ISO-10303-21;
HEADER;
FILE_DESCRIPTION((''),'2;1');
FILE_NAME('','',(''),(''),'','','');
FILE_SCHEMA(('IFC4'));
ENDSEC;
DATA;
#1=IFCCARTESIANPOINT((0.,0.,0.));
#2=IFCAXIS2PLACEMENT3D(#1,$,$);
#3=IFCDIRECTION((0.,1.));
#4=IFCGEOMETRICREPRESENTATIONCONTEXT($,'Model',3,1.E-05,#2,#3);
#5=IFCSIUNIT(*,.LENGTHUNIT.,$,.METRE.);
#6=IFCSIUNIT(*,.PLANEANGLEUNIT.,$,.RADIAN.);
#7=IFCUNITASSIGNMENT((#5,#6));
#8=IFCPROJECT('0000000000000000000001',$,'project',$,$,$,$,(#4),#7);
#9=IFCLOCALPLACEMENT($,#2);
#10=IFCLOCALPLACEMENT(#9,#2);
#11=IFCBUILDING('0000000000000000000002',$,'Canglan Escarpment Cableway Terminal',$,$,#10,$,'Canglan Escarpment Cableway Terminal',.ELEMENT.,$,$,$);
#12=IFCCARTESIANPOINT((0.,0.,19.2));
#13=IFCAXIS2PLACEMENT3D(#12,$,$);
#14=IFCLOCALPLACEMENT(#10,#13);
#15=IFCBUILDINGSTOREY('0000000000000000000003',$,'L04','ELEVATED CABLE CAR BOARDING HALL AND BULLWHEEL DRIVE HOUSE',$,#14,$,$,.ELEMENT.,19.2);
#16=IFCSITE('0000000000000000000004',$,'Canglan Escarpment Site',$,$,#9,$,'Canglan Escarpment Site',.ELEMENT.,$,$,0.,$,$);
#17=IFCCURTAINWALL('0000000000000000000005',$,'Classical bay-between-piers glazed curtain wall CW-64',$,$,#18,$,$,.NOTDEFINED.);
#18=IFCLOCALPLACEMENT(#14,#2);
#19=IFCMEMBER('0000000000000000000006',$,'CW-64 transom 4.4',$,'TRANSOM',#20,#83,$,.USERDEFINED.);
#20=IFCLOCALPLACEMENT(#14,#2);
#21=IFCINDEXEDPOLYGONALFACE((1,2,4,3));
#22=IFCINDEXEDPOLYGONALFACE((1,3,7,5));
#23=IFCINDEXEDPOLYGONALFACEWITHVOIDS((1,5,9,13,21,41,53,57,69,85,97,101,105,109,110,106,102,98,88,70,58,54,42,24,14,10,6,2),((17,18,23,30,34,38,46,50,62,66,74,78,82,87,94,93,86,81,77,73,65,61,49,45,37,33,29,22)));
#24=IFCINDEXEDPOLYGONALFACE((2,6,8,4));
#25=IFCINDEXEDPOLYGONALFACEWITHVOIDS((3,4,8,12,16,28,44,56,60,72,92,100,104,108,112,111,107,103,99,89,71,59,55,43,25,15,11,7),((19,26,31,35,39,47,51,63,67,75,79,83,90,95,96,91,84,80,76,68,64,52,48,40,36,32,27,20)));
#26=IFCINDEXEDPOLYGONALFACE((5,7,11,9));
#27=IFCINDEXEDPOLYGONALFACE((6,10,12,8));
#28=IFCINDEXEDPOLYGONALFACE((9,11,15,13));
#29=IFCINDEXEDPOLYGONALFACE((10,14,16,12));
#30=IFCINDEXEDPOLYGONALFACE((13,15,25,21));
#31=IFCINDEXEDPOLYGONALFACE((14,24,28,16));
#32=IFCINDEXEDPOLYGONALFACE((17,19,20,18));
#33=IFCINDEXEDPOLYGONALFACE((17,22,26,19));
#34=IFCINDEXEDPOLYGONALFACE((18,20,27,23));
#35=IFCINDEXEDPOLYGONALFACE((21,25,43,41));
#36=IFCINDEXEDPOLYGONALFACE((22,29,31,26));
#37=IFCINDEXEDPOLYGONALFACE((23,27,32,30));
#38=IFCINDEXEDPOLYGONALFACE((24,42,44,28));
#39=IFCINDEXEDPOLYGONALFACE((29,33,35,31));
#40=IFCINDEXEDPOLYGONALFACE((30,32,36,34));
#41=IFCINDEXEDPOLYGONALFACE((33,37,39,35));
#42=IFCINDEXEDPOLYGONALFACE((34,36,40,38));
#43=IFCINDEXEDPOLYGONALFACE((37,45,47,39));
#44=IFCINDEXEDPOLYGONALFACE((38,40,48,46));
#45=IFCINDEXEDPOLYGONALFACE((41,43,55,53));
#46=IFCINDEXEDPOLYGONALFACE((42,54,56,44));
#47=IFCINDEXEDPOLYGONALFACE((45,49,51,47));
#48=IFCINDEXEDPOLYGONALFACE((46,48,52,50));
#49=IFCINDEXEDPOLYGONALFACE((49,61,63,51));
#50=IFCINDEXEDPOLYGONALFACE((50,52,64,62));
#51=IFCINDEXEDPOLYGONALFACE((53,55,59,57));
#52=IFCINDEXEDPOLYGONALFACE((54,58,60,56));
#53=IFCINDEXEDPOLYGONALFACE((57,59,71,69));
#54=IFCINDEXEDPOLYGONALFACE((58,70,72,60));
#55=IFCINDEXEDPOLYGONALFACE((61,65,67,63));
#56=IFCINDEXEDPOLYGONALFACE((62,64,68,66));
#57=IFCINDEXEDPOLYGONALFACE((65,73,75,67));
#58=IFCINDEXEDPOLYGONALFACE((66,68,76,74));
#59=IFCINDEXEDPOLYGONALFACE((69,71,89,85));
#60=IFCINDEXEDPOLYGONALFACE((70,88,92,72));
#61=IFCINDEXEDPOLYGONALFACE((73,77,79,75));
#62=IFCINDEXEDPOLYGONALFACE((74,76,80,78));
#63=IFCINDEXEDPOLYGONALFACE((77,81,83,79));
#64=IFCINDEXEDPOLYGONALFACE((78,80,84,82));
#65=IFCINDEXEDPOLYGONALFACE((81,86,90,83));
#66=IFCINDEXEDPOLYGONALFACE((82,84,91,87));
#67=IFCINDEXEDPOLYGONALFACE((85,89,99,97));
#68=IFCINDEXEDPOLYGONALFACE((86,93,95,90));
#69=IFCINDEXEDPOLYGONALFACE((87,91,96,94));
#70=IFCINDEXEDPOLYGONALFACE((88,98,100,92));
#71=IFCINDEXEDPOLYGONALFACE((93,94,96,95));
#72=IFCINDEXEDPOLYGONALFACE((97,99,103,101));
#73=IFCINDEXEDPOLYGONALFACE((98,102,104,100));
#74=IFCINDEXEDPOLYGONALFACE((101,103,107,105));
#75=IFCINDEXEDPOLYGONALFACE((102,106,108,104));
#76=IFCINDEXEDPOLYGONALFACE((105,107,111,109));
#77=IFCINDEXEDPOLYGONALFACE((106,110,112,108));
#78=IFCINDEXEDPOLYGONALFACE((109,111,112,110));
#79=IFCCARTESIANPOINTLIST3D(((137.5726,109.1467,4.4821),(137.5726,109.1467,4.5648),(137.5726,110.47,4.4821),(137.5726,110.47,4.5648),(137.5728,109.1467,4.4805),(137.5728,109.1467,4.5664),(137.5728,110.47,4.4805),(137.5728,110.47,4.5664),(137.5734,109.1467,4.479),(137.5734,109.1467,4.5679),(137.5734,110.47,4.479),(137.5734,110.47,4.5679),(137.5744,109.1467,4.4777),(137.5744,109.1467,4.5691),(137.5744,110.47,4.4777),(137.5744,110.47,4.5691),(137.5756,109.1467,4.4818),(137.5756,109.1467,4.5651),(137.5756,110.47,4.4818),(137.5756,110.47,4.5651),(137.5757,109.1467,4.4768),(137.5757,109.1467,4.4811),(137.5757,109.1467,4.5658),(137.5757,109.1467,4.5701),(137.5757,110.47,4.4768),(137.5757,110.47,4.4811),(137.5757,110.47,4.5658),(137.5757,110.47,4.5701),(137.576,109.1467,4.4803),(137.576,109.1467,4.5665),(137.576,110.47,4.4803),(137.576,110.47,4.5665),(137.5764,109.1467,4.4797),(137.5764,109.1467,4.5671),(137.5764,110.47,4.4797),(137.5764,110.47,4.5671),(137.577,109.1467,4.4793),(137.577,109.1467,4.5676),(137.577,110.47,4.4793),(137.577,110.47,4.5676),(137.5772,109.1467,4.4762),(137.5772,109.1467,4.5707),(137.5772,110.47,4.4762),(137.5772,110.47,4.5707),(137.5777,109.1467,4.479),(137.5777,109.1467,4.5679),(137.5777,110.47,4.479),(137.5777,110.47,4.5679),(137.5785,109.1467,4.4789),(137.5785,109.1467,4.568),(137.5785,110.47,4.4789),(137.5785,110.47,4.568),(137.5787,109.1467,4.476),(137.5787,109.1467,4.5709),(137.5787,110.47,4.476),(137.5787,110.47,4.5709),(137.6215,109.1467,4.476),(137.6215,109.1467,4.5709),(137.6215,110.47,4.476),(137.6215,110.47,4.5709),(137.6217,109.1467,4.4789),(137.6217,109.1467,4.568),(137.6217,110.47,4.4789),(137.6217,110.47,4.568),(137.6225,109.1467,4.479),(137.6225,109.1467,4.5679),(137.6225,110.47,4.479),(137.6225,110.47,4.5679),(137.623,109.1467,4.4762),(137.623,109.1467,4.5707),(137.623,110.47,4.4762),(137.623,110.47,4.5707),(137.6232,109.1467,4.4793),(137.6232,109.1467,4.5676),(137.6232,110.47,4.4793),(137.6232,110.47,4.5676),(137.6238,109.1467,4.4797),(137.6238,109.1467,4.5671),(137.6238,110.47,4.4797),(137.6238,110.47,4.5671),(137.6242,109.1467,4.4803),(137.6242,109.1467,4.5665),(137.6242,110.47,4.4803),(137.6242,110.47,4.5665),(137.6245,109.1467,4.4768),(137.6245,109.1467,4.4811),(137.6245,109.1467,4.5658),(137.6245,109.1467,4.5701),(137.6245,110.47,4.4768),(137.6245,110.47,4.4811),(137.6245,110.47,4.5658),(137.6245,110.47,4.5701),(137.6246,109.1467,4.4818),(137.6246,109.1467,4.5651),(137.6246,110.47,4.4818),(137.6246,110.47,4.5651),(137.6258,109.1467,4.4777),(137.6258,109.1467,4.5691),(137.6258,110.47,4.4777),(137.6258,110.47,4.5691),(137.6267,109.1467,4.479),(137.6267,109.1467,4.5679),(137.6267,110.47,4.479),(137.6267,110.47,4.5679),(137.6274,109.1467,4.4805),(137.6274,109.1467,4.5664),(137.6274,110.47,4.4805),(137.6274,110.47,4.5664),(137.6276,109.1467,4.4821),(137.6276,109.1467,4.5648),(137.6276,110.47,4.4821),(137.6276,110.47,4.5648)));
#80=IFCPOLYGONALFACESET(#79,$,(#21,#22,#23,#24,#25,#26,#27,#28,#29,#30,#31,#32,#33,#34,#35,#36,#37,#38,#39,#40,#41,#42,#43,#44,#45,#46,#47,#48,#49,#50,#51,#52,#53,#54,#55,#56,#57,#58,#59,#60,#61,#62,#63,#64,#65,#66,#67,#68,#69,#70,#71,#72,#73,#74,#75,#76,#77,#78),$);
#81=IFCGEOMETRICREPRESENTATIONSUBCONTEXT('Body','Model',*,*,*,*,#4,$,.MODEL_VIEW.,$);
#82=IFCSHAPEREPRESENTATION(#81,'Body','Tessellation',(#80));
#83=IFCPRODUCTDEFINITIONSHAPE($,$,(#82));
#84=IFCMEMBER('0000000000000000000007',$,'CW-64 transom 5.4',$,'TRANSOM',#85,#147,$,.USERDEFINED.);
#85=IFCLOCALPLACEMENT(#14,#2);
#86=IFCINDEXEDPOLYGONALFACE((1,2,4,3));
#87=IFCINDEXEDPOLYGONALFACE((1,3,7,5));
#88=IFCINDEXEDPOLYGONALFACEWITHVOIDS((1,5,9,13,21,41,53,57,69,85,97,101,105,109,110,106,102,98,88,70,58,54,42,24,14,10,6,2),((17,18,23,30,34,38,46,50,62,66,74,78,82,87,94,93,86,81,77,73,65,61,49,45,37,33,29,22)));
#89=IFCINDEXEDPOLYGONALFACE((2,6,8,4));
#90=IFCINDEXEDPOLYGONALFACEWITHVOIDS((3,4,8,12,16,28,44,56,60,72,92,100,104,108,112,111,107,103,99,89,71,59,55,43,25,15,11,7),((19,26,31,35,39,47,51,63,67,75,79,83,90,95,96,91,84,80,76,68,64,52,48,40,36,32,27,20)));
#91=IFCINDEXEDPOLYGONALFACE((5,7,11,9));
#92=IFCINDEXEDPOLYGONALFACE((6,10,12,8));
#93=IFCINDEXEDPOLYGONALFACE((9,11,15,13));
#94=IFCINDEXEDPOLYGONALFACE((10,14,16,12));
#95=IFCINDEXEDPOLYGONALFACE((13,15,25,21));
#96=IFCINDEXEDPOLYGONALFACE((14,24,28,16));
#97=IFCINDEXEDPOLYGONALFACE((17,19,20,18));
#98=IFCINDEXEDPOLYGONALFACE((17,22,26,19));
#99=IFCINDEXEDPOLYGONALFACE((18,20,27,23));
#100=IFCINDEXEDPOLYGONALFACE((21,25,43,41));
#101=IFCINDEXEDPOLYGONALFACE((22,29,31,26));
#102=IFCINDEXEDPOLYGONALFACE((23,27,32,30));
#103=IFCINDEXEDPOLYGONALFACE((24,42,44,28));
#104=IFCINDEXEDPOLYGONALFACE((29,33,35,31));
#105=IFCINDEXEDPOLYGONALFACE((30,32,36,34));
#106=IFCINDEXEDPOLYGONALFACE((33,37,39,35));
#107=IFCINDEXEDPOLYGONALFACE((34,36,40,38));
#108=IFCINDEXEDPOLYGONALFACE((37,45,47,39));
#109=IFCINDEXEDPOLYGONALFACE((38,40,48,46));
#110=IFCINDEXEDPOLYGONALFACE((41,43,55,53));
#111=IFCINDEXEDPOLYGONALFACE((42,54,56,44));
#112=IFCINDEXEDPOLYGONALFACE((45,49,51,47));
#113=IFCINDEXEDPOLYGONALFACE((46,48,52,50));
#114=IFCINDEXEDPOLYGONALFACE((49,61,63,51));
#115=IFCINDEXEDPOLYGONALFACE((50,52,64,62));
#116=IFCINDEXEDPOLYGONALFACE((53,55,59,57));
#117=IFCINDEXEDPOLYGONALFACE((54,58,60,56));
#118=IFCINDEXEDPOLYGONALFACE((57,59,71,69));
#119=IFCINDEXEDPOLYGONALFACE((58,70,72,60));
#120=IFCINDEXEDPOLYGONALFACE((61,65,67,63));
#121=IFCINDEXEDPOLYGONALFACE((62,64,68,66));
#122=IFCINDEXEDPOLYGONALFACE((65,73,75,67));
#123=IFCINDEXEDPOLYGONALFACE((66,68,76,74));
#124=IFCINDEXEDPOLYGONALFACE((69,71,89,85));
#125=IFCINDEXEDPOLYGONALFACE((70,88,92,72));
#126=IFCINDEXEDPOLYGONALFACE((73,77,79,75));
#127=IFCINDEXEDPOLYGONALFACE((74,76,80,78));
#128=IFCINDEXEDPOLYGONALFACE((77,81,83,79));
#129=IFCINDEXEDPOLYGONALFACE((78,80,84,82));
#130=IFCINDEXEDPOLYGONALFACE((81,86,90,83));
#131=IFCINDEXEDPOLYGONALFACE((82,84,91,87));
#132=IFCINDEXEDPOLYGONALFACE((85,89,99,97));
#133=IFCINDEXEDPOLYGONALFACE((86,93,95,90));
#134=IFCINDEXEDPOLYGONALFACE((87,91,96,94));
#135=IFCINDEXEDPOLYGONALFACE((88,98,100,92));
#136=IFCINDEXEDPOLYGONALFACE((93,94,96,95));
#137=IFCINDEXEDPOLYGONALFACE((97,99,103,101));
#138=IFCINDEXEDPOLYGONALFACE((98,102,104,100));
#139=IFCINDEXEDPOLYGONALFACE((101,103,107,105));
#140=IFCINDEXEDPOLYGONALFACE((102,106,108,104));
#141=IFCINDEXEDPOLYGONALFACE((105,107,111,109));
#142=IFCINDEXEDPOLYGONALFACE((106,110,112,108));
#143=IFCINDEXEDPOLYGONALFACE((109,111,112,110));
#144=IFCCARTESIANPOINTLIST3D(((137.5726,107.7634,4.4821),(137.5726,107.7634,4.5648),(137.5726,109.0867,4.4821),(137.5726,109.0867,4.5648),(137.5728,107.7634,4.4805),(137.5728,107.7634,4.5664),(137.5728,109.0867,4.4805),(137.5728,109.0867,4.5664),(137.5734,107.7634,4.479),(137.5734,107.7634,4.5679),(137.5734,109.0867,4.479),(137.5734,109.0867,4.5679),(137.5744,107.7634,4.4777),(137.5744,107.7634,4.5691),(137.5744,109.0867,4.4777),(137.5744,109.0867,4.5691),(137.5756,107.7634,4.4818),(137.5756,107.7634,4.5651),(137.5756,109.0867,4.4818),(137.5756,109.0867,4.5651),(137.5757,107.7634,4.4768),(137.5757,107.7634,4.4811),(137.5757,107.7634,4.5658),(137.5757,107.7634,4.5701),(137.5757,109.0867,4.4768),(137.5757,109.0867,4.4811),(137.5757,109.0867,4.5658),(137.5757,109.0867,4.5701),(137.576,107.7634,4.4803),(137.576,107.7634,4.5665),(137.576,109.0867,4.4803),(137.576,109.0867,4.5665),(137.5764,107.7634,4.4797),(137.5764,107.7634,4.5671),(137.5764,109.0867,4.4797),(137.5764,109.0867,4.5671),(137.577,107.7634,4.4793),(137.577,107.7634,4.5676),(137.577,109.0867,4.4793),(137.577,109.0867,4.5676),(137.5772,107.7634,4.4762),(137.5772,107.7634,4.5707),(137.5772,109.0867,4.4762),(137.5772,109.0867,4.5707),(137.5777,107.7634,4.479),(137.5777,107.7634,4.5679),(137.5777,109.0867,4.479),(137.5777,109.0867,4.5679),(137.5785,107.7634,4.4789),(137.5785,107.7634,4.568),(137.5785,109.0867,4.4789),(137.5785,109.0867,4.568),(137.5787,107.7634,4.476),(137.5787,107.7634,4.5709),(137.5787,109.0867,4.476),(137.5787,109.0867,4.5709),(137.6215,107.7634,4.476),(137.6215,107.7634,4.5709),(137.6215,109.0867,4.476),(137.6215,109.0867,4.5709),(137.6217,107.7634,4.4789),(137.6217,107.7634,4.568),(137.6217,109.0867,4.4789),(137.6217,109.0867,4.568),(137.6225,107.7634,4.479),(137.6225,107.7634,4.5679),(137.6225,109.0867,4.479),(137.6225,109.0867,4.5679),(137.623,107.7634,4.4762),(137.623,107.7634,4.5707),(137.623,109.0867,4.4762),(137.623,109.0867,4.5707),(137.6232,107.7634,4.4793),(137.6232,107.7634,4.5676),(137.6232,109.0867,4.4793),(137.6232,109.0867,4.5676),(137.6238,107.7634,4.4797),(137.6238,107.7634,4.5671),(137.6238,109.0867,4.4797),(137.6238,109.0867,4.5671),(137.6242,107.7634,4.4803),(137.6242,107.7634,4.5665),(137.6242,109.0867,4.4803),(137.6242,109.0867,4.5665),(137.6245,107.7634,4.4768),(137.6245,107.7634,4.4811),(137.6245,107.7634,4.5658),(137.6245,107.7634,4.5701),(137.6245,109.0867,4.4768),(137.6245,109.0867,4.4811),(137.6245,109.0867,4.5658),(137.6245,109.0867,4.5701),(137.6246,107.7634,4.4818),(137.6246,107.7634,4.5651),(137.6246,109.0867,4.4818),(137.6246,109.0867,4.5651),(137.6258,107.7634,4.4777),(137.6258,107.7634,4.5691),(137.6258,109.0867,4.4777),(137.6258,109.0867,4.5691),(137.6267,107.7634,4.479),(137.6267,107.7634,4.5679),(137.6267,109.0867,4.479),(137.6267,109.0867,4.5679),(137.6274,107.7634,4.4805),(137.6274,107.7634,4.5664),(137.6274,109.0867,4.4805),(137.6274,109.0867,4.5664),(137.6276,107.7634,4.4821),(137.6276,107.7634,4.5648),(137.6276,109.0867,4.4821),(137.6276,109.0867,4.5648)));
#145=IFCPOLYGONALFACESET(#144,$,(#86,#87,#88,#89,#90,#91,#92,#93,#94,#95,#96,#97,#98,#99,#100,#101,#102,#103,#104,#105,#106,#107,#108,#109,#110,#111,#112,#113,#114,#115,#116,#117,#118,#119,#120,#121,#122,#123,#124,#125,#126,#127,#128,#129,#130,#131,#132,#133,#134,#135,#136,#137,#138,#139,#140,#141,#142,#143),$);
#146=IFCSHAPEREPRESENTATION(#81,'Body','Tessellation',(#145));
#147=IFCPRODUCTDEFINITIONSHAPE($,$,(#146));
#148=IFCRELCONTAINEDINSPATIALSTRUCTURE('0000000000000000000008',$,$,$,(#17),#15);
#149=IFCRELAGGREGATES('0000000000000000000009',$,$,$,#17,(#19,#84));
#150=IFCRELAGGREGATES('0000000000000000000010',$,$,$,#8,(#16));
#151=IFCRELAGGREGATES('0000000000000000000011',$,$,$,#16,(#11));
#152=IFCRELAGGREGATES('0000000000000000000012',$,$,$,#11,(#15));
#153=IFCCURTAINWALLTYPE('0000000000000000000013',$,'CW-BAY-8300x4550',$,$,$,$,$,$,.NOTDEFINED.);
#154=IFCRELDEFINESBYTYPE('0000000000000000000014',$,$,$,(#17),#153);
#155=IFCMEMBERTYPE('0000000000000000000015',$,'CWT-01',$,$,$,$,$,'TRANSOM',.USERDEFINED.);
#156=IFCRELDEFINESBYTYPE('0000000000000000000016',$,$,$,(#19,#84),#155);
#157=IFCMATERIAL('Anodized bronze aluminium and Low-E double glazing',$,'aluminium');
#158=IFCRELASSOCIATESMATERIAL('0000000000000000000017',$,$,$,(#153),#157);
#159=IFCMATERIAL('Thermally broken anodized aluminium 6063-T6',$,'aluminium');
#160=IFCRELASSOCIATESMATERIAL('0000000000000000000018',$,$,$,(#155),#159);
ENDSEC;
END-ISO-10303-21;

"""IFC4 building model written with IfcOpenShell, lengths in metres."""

from ifc_helpers import new_model, si_unit, direction, frame, origin, origin_2d, place, context, subcontext, project, spatial, hollow_rectangle, extrude, material, material_profile, profile_set, type_object, element, aggregate, save


model = new_model("IFC4")

# Units and contexts
model_context = context("Model", 3, precision=1e-05, world=origin(), true_north=direction((0.0, 1.0)))
body_context = subcontext(model_context, "Body", "Model", "MODEL_VIEW")
ifc_project = project(units=[si_unit("LENGTHUNIT", "METRE"), si_unit("PLANEANGLEUNIT", "RADIAN")], contexts=[model_context])

# Site, building, storey
site_placement = place(None, origin())
site = spatial("IfcSite", under=ifc_project, at=site_placement, Name="Canglan Escarpment Site", LongName="Canglan Escarpment Site", CompositionType="ELEMENT", RefElevation=0.0)
building_placement = place(site_placement, origin())
building = spatial("IfcBuilding", under=site, at=building_placement, Name="Canglan Escarpment Cableway Terminal", LongName="Canglan Escarpment Cableway Terminal", CompositionType="ELEMENT")
storey_placement = place(building_placement, frame((0.0, 0.0, 19.2)))
storey = spatial("IfcBuildingStorey", under=building, at=storey_placement, Name="L04", Description="ELEVATED CABLE CAR BOARDING HALL AND BULLWHEEL DRIVE HOUSE", CompositionType="ELEMENT", Elevation=19.2)

# Curtain wall, members
ifc_material_1 = material(Name="Anodized bronze aluminium and Low-E double glazing", Category="aluminium")
curtain_wall_type_1 = type_object("IfcCurtainWallType", Name="CW-BAY-8300x4550", PredefinedType="NOTDEFINED", material=ifc_material_1)
curtain_wall_1_placement = place(storey_placement, origin())
curtain_wall_1 = element("IfcCurtainWall", 1, at=curtain_wall_1_placement, inside=storey, type_object=curtain_wall_type_1, Name="Classical bay-between-piers glazed curtain wall CW-64", PredefinedType="NOTDEFINED")
ifc_material_2 = material(Name="Thermally broken anodized aluminium 6063-T6", Category="aluminium")
ifc_material_profile_1 = material_profile(ifc_material_2, hollow_rectangle(XDim=0.0549, YDim=0.095, WallThickness=0.0029, InnerFilletRadius=0.0029, OuterFilletRadius=0.0061, at=origin_2d()), Name="ALU-TRAN 55x95x3")
ifc_profile_set_1 = profile_set([ifc_material_profile_1], Name="Thermally broken anodized aluminium 6063-T6")
member_type_1 = type_object("IfcMemberType", Name="CWT-01", ElementType="TRANSOM", PredefinedType="USERDEFINED", material=ifc_profile_set_1)
member_1_placement = place(storey_placement, frame((137.6001, 110.47, 4.5234), z_axis=(0.0, -1.0, 0.0), x_axis=(1.0, 0.0, 0.0)))
member_1 = element("IfcMember", 2, at=member_1_placement, type_object=member_type_1, Name="CW-64 transom 4.4", ObjectType="TRANSOM", PredefinedType="USERDEFINED", context=body_context, shape_type="SweptSolid", body=[
    extrude(hollow_rectangle(XDim=0.0549, YDim=0.095, WallThickness=0.0029, InnerFilletRadius=0.0029, OuterFilletRadius=0.0061, at=origin_2d()), origin(), (0.0, 0.0, 1.0), 1.3232),
])
member_2_placement = place(storey_placement, frame((137.6001, 109.0867, 4.5234), z_axis=(0.0, -1.0, 0.0), x_axis=(1.0, 0.0, 0.0)))
member_2 = element("IfcMember", 3, at=member_2_placement, type_object=member_type_1, Name="CW-64 transom 5.4", ObjectType="TRANSOM", PredefinedType="USERDEFINED", context=body_context, shape_type="SweptSolid", body=[
    extrude(hollow_rectangle(XDim=0.0549, YDim=0.095, WallThickness=0.0029, InnerFilletRadius=0.0029, OuterFilletRadius=0.0061, at=origin_2d()), origin(), (0.0, 0.0, 1.0), 1.3232),
])

aggregate(curtain_wall_1, [member_1, member_2])

save(model, "model.ifc")
